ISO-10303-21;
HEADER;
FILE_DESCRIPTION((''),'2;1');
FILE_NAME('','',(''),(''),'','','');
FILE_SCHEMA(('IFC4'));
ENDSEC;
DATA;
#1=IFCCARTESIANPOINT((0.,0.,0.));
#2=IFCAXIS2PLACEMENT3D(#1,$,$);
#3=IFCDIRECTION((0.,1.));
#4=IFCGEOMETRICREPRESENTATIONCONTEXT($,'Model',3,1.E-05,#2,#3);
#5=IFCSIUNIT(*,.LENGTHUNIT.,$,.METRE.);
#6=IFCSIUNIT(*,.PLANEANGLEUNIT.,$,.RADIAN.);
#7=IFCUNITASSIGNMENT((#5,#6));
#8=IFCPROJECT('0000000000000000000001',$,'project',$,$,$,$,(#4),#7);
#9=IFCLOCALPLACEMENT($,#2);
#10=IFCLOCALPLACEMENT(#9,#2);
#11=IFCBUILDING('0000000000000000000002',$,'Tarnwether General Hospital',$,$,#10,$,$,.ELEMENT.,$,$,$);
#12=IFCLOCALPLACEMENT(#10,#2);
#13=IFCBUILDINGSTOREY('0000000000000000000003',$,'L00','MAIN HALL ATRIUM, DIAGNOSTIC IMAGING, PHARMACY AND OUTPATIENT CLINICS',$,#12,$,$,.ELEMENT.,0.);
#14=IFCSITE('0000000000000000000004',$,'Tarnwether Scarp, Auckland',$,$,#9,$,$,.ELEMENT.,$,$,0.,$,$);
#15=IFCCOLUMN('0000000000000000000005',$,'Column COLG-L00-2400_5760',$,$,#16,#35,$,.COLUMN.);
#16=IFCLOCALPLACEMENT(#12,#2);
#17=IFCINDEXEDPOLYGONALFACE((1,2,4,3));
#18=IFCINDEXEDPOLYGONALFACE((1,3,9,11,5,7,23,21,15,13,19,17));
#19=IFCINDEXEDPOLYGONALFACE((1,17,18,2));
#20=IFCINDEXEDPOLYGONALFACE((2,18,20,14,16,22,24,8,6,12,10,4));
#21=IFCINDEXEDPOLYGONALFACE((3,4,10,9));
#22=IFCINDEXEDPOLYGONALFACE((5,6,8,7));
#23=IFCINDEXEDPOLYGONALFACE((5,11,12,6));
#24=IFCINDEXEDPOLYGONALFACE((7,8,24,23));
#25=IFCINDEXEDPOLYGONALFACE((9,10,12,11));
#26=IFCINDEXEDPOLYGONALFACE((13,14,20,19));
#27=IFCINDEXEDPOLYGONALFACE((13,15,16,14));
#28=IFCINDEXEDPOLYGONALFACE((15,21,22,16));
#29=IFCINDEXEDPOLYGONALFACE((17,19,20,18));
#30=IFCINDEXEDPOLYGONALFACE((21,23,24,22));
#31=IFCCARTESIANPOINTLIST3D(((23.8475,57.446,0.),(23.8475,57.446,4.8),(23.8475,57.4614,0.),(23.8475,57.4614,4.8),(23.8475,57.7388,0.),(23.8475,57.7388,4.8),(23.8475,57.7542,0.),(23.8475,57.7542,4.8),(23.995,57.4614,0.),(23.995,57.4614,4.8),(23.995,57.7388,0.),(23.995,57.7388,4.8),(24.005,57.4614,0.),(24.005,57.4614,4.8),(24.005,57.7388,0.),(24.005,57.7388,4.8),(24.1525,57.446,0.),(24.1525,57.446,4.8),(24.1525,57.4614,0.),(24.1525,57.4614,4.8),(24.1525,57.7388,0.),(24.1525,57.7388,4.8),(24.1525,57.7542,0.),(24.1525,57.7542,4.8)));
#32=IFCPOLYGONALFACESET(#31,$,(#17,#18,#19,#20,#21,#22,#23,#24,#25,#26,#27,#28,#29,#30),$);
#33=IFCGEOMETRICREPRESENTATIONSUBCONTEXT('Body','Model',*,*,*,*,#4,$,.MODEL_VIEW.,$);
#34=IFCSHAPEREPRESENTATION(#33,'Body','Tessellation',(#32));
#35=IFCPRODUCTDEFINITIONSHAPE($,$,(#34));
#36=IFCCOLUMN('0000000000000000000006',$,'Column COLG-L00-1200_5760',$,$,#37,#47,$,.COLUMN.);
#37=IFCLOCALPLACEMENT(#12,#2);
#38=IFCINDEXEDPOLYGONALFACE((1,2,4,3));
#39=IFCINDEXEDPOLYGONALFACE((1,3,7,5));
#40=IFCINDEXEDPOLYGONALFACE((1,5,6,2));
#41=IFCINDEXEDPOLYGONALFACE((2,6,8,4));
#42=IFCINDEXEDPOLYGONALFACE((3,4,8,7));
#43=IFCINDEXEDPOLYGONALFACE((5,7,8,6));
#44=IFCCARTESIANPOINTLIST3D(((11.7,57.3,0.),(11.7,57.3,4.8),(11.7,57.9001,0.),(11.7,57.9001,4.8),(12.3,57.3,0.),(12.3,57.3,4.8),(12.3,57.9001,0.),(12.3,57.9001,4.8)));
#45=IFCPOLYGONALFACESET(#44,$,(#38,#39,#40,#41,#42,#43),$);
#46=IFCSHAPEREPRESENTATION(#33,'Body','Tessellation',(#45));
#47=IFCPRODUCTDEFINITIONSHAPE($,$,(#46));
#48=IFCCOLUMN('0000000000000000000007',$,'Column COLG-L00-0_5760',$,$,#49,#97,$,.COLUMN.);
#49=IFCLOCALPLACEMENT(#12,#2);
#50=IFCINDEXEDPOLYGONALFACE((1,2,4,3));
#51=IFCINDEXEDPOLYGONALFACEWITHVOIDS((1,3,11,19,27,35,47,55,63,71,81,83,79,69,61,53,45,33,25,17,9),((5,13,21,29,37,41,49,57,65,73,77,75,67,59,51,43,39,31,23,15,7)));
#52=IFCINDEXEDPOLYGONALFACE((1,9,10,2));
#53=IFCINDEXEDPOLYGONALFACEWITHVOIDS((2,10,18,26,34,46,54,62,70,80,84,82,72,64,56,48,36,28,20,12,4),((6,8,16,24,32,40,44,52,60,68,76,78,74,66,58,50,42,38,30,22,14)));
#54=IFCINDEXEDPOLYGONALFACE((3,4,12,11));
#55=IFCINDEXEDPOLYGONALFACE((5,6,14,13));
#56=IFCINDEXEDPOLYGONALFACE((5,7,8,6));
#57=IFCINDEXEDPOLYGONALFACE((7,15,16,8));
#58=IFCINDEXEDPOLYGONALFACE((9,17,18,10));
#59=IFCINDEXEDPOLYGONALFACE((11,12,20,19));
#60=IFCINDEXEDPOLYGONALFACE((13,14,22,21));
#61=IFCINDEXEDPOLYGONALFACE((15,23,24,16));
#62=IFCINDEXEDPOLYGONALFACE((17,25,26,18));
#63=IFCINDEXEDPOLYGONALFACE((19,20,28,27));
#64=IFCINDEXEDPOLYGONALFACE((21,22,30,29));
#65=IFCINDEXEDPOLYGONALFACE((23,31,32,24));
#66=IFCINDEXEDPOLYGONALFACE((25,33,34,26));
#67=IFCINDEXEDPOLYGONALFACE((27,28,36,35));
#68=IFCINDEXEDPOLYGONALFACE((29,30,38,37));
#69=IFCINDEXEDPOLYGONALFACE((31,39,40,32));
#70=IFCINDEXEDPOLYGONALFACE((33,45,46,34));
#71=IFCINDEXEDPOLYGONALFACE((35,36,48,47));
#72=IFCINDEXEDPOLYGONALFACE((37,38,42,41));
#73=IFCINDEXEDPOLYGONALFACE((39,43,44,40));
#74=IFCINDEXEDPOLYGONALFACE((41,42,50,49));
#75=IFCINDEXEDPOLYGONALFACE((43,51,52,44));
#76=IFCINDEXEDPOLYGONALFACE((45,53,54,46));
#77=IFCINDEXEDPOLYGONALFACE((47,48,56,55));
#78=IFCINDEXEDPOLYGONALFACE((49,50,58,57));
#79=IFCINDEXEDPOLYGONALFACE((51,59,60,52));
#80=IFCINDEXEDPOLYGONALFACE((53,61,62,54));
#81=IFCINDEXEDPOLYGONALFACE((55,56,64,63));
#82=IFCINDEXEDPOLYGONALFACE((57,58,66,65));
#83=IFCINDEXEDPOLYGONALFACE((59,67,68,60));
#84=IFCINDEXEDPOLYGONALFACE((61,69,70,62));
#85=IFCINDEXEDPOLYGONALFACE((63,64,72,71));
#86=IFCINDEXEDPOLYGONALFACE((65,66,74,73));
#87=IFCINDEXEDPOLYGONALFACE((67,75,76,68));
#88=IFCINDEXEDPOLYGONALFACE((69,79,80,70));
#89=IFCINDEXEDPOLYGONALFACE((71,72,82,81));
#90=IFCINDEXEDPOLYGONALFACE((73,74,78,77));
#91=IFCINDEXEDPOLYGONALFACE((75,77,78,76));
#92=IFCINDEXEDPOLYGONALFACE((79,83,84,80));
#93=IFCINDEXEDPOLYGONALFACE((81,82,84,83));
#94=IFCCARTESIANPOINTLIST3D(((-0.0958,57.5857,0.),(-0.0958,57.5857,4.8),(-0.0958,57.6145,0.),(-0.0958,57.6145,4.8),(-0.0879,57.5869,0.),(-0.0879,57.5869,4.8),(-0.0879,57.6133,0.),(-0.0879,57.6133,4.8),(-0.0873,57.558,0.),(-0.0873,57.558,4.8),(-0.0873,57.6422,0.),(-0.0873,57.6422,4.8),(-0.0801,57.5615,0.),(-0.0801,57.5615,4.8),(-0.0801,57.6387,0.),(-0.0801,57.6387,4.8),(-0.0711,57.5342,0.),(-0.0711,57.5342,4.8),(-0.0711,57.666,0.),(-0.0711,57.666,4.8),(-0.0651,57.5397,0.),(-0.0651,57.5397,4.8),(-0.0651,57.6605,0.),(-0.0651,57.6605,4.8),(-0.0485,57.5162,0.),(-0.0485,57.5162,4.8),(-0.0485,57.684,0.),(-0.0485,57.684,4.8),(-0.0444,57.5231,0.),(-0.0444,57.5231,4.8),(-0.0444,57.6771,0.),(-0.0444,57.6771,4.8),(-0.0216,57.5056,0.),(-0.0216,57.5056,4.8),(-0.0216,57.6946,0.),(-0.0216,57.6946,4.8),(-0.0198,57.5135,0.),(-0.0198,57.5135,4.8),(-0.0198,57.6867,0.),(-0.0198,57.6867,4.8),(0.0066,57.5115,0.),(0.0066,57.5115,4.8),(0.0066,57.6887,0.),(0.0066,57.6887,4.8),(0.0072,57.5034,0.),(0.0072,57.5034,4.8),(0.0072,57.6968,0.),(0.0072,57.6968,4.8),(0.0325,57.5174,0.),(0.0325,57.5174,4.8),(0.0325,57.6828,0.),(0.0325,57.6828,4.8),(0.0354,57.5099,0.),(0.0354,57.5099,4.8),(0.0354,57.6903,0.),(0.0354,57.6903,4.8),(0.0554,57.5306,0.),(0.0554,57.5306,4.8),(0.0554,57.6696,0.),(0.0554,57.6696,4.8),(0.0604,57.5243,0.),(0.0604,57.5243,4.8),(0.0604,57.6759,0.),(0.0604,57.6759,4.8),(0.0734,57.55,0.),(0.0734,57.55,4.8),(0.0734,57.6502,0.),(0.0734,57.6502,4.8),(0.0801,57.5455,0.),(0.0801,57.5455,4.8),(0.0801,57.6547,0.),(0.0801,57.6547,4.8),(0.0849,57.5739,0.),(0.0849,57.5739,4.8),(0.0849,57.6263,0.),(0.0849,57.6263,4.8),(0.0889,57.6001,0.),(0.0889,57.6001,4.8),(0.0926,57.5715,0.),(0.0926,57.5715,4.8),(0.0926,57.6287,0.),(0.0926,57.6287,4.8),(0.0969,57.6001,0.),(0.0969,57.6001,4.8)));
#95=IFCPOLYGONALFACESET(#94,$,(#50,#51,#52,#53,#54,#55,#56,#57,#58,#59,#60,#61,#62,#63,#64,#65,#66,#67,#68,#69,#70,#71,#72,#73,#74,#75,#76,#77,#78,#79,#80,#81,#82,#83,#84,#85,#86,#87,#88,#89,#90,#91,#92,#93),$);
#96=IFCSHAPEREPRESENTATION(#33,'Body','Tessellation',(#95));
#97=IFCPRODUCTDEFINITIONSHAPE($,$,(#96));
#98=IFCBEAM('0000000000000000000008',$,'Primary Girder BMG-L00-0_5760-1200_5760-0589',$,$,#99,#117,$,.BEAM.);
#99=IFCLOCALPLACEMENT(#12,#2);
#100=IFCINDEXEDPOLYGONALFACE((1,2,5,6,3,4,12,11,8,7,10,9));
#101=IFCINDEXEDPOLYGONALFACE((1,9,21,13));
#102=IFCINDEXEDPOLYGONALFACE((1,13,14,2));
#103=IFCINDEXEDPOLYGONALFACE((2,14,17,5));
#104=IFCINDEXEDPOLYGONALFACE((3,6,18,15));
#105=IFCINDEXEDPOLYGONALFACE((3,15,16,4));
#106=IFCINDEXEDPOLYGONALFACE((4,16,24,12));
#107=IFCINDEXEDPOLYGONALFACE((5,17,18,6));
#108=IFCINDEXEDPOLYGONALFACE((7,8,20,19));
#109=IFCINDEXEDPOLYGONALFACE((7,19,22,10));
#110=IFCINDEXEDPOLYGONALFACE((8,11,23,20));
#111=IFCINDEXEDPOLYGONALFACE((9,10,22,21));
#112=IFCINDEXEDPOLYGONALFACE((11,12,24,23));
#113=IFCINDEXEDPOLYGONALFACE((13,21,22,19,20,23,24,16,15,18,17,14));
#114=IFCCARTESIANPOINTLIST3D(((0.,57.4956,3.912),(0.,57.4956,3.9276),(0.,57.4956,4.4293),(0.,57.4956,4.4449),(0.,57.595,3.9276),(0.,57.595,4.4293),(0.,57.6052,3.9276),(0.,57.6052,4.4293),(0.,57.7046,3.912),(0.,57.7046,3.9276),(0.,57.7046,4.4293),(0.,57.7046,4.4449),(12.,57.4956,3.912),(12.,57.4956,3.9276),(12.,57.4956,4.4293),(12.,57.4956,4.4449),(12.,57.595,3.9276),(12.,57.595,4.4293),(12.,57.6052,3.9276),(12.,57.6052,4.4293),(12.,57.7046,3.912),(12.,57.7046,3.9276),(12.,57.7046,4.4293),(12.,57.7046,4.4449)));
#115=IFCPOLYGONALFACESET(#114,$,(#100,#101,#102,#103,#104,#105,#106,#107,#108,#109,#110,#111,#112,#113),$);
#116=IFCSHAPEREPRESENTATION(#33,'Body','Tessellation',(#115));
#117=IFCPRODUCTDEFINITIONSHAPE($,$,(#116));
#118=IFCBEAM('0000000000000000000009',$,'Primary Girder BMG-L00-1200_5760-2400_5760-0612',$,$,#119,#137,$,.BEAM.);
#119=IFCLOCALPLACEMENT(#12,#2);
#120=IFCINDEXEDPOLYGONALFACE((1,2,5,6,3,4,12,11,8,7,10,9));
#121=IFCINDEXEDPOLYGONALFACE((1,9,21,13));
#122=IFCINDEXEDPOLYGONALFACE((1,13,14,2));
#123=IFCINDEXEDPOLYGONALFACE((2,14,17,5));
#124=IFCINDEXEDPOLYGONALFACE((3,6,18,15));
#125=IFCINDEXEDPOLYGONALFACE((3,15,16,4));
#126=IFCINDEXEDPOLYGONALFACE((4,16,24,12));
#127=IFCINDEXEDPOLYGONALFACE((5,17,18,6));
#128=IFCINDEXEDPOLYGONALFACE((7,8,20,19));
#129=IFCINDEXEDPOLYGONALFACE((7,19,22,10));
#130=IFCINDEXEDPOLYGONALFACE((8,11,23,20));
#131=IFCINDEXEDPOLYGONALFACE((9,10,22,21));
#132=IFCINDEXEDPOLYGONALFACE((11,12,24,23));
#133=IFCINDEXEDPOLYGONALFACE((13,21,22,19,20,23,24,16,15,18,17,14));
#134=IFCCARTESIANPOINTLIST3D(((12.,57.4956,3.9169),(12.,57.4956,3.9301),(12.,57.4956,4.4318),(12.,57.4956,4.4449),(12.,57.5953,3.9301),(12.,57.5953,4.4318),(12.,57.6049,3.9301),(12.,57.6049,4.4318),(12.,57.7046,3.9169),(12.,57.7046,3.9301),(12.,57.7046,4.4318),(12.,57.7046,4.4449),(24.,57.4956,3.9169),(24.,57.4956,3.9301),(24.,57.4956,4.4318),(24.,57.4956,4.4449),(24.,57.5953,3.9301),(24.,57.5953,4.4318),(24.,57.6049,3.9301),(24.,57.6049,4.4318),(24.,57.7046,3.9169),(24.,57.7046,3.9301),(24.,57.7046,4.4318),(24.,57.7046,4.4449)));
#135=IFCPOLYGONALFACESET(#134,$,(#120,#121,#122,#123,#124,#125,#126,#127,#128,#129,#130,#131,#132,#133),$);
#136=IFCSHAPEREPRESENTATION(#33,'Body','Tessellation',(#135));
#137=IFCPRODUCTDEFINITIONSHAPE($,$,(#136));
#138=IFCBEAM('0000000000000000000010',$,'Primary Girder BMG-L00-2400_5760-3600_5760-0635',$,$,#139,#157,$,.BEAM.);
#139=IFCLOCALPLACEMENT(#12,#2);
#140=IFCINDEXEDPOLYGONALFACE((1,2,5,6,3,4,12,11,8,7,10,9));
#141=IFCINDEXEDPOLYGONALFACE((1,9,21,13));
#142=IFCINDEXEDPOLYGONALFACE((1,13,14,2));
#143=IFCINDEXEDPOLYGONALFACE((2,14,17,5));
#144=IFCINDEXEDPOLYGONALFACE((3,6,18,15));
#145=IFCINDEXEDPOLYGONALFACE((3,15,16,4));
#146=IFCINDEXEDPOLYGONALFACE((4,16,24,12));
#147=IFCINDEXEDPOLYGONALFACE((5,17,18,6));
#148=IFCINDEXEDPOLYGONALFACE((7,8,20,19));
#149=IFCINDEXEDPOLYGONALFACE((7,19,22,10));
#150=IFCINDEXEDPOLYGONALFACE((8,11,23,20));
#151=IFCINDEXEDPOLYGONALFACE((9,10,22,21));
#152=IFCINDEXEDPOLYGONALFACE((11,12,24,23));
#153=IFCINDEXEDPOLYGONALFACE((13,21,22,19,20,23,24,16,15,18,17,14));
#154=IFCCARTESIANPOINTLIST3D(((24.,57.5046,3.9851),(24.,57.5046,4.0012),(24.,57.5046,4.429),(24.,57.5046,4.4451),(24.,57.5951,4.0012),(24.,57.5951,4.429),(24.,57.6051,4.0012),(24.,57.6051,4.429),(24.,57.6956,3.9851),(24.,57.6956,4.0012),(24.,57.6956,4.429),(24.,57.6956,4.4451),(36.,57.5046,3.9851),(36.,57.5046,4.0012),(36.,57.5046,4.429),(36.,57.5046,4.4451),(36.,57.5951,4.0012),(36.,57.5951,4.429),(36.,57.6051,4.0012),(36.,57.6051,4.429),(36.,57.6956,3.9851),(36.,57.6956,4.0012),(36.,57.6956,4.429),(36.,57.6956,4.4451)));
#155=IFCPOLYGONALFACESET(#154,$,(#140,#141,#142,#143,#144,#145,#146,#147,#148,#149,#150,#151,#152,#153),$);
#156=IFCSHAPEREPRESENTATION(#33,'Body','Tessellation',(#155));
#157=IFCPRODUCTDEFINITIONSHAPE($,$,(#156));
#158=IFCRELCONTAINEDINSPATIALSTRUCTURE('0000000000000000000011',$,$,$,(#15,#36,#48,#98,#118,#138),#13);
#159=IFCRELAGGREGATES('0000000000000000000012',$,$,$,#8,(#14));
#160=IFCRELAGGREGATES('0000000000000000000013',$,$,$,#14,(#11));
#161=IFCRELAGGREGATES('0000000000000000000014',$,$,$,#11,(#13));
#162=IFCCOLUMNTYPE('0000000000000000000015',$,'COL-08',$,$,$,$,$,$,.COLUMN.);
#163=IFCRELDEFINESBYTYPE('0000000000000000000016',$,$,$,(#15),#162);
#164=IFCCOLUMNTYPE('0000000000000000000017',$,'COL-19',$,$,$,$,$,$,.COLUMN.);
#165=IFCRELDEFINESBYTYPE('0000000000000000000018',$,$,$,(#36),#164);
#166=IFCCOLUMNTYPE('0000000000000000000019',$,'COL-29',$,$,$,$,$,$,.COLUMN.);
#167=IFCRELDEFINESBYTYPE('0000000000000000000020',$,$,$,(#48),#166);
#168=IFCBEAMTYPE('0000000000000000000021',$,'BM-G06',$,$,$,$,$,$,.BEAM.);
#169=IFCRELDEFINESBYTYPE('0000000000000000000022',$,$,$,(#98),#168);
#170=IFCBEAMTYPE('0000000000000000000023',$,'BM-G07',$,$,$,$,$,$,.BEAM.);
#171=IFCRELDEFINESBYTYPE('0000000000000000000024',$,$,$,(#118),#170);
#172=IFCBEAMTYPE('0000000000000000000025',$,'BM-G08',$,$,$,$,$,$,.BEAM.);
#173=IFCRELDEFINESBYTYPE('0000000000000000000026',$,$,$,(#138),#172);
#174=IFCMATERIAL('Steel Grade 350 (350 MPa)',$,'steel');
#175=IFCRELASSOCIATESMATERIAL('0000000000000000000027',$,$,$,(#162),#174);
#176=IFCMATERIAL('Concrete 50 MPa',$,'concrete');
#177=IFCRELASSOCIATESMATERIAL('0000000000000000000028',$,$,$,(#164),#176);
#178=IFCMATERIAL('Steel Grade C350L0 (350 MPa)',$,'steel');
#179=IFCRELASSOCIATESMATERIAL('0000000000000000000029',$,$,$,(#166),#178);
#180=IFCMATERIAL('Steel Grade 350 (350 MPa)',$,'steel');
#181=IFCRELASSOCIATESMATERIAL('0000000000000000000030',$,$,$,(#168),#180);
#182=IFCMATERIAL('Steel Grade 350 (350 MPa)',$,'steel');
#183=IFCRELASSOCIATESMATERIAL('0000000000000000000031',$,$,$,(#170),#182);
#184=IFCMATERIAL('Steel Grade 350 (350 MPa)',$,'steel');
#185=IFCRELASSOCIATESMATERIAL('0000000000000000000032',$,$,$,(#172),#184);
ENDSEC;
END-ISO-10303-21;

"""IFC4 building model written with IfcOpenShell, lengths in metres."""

from ifc_helpers import new_model, si_unit, direction, frame, origin, origin_2d, place, context, subcontext, project, spatial, rectangle, hollow_circle, i_section, extrude, material, material_profile, profile_set, type_object, element, save


model = new_model("IFC4")

# Units and contexts
model_context = context("Model", 3, precision=1e-05, world=origin(), true_north=direction((0.0, 1.0)))
body_context = subcontext(model_context, "Body", "Model", "MODEL_VIEW")
ifc_project = project(units=[si_unit("LENGTHUNIT", "METRE"), si_unit("PLANEANGLEUNIT", "RADIAN")], contexts=[model_context])

# Site, building, storey
site_placement = place(None, origin())
site = spatial("IfcSite", under=ifc_project, at=site_placement, Name="Tarnwether Scarp, Auckland", CompositionType="ELEMENT", RefElevation=0.0)
building_placement = place(site_placement, origin())
building = spatial("IfcBuilding", under=site, at=building_placement, Name="Tarnwether General Hospital", CompositionType="ELEMENT")
storey_placement = place(building_placement, origin())
storey = spatial("IfcBuildingStorey", under=building, at=storey_placement, Name="L00", Description="MAIN HALL ATRIUM, DIAGNOSTIC IMAGING, PHARMACY AND OUTPATIENT CLINICS", CompositionType="ELEMENT", Elevation=0.0)

# Columns
ifc_material_1 = material(Name="Steel Grade 350 (350 MPa)", Category="steel")
ifc_material_profile_1 = material_profile(ifc_material_1, i_section(OverallWidth=0.3049, OverallDepth=0.3081, WebThickness=0.01, FlangeThickness=0.0154, at=origin_2d()), Name="310UC96.8")
ifc_profile_set_1 = profile_set([ifc_material_profile_1], Name="Steel Grade 350 (350 MPa)")
column_type_1 = type_object("IfcColumnType", Name="COL-08", PredefinedType="COLUMN", material=ifc_profile_set_1)
column_1_placement = place(storey_placement, frame((24.0, 57.6001, 0.0), z_axis=(0.0, 0.0, 1.0), x_axis=(1.0, 0.0, 0.0)))
element("IfcColumn", 1, at=column_1_placement, inside=storey, type_object=column_type_1, Name="Column COLG-L00-2400_5760", PredefinedType="COLUMN", context=body_context, shape_type="SweptSolid", body=[
    extrude(i_section(OverallWidth=0.3049, OverallDepth=0.3081, WebThickness=0.01, FlangeThickness=0.0154, at=origin_2d()), origin(), (0.0, 0.0, 1.0), 4.8),
])
ifc_material_2 = material(Name="Concrete 50 MPa", Category="concrete")
ifc_material_profile_2 = material_profile(ifc_material_2, rectangle(XDim=0.6001, YDim=0.6001, at=origin_2d()), Name="RC-COL-600x600")
ifc_profile_set_2 = profile_set([ifc_material_profile_2], Name="Concrete 50 MPa")
column_type_2 = type_object("IfcColumnType", Name="COL-19", PredefinedType="COLUMN", material=ifc_profile_set_2)
column_2_placement = place(storey_placement, frame((12.0, 57.6001, 0.0), z_axis=(0.0, 0.0, 1.0), x_axis=(0.0, 1.0, 0.0)))
element("IfcColumn", 2, at=column_2_placement, inside=storey, type_object=column_type_2, Name="Column COLG-L00-1200_5760", PredefinedType="COLUMN", context=body_context, shape_type="SweptSolid", body=[
    extrude(rectangle(XDim=0.6001, YDim=0.6001, at=origin_2d()), origin(), (0.0, 0.0, 1.0), 4.8),
])
ifc_material_3 = material(Name="Steel Grade C350L0 (350 MPa)", Category="steel")
ifc_material_profile_3 = material_profile(ifc_material_3, hollow_circle(Radius=0.0969, WallThickness=0.0081, at=origin_2d()), Name="CHS193.7x8.0")
ifc_profile_set_3 = profile_set([ifc_material_profile_3], Name="Steel Grade C350L0 (350 MPa)")
column_type_3 = type_object("IfcColumnType", Name="COL-29", PredefinedType="COLUMN", material=ifc_profile_set_3)
column_3_placement = place(storey_placement, frame((0.0, 57.6001, 0.0), z_axis=(0.0, 0.0, 1.0), x_axis=(1.0, 0.0, 0.0)))
element("IfcColumn", 3, at=column_3_placement, inside=storey, type_object=column_type_3, Name="Column COLG-L00-0_5760", PredefinedType="COLUMN", context=body_context, shape_type="SweptSolid", body=[
    extrude(hollow_circle(Radius=0.0969, WallThickness=0.0081, at=origin_2d()), origin(), (0.0, 0.0, 1.0), 4.8),
])

# Beams
ifc_material_4 = material(Name="Steel Grade 350 (350 MPa)", Category="steel")
ifc_material_profile_4 = material_profile(ifc_material_4, i_section(OverallWidth=0.209, OverallDepth=0.533, WebThickness=0.0103, FlangeThickness=0.0156, at=origin_2d()), Name="530UB92.4")
ifc_profile_set_4 = profile_set([ifc_material_profile_4], Name="Steel Grade 350 (350 MPa)")
beam_type_1 = type_object("IfcBeamType", Name="BM-G06", PredefinedType="BEAM", material=ifc_profile_set_4)
beam_1_placement = place(storey_placement, frame((0.0, 57.6001, 4.1785), z_axis=(1.0, 0.0, 0.0), x_axis=(0.0, 1.0, 0.0)))
element("IfcBeam", 4, at=beam_1_placement, inside=storey, type_object=beam_type_1, Name="Primary Girder BMG-L00-0_5760-1200_5760-0589", PredefinedType="BEAM", context=body_context, shape_type="SweptSolid", body=[
    extrude(i_section(OverallWidth=0.209, OverallDepth=0.533, WebThickness=0.0103, FlangeThickness=0.0156, at=origin_2d()), origin(), (0.0, 0.0, 1.0), 12.0),
])
ifc_material_5 = material(Name="Steel Grade 350 (350 MPa)", Category="steel")
ifc_material_profile_5 = material_profile(ifc_material_5, i_section(OverallWidth=0.209, OverallDepth=0.5281, WebThickness=0.0095, FlangeThickness=0.0132, at=origin_2d()), Name="530UB82.0")
ifc_profile_set_5 = profile_set([ifc_material_profile_5], Name="Steel Grade 350 (350 MPa)")
beam_type_2 = type_object("IfcBeamType", Name="BM-G07", PredefinedType="BEAM", material=ifc_profile_set_5)
beam_2_placement = place(storey_placement, frame((12.0, 57.6001, 4.1809), z_axis=(1.0, 0.0, 0.0), x_axis=(0.0, 1.0, 0.0)))
element("IfcBeam", 5, at=beam_2_placement, inside=storey, type_object=beam_type_2, Name="Primary Girder BMG-L00-1200_5760-2400_5760-0612", PredefinedType="BEAM", context=body_context, shape_type="SweptSolid", body=[
    extrude(i_section(OverallWidth=0.209, OverallDepth=0.5281, WebThickness=0.0095, FlangeThickness=0.0132, at=origin_2d()), origin(), (0.0, 0.0, 1.0), 12.0),
])
ifc_material_6 = material(Name="Steel Grade 350 (350 MPa)", Category="steel")
ifc_material_profile_6 = material_profile(ifc_material_6, i_section(OverallWidth=0.1909, OverallDepth=0.46, WebThickness=0.01, FlangeThickness=0.0161, at=origin_2d()), Name="460UB82.1")
ifc_profile_set_6 = profile_set([ifc_material_profile_6], Name="Steel Grade 350 (350 MPa)")
beam_type_3 = type_object("IfcBeamType", Name="BM-G08", PredefinedType="BEAM", material=ifc_profile_set_6)
beam_3_placement = place(storey_placement, frame((24.0, 57.6001, 4.2151), z_axis=(1.0, 0.0, 0.0), x_axis=(0.0, 1.0, 0.0)))
element("IfcBeam", 6, at=beam_3_placement, inside=storey, type_object=beam_type_3, Name="Primary Girder BMG-L00-2400_5760-3600_5760-0635", PredefinedType="BEAM", context=body_context, shape_type="SweptSolid", body=[
    extrude(i_section(OverallWidth=0.1909, OverallDepth=0.46, WebThickness=0.01, FlangeThickness=0.0161, at=origin_2d()), origin(), (0.0, 0.0, 1.0), 12.0),
])

save(model, "model.ifc")
